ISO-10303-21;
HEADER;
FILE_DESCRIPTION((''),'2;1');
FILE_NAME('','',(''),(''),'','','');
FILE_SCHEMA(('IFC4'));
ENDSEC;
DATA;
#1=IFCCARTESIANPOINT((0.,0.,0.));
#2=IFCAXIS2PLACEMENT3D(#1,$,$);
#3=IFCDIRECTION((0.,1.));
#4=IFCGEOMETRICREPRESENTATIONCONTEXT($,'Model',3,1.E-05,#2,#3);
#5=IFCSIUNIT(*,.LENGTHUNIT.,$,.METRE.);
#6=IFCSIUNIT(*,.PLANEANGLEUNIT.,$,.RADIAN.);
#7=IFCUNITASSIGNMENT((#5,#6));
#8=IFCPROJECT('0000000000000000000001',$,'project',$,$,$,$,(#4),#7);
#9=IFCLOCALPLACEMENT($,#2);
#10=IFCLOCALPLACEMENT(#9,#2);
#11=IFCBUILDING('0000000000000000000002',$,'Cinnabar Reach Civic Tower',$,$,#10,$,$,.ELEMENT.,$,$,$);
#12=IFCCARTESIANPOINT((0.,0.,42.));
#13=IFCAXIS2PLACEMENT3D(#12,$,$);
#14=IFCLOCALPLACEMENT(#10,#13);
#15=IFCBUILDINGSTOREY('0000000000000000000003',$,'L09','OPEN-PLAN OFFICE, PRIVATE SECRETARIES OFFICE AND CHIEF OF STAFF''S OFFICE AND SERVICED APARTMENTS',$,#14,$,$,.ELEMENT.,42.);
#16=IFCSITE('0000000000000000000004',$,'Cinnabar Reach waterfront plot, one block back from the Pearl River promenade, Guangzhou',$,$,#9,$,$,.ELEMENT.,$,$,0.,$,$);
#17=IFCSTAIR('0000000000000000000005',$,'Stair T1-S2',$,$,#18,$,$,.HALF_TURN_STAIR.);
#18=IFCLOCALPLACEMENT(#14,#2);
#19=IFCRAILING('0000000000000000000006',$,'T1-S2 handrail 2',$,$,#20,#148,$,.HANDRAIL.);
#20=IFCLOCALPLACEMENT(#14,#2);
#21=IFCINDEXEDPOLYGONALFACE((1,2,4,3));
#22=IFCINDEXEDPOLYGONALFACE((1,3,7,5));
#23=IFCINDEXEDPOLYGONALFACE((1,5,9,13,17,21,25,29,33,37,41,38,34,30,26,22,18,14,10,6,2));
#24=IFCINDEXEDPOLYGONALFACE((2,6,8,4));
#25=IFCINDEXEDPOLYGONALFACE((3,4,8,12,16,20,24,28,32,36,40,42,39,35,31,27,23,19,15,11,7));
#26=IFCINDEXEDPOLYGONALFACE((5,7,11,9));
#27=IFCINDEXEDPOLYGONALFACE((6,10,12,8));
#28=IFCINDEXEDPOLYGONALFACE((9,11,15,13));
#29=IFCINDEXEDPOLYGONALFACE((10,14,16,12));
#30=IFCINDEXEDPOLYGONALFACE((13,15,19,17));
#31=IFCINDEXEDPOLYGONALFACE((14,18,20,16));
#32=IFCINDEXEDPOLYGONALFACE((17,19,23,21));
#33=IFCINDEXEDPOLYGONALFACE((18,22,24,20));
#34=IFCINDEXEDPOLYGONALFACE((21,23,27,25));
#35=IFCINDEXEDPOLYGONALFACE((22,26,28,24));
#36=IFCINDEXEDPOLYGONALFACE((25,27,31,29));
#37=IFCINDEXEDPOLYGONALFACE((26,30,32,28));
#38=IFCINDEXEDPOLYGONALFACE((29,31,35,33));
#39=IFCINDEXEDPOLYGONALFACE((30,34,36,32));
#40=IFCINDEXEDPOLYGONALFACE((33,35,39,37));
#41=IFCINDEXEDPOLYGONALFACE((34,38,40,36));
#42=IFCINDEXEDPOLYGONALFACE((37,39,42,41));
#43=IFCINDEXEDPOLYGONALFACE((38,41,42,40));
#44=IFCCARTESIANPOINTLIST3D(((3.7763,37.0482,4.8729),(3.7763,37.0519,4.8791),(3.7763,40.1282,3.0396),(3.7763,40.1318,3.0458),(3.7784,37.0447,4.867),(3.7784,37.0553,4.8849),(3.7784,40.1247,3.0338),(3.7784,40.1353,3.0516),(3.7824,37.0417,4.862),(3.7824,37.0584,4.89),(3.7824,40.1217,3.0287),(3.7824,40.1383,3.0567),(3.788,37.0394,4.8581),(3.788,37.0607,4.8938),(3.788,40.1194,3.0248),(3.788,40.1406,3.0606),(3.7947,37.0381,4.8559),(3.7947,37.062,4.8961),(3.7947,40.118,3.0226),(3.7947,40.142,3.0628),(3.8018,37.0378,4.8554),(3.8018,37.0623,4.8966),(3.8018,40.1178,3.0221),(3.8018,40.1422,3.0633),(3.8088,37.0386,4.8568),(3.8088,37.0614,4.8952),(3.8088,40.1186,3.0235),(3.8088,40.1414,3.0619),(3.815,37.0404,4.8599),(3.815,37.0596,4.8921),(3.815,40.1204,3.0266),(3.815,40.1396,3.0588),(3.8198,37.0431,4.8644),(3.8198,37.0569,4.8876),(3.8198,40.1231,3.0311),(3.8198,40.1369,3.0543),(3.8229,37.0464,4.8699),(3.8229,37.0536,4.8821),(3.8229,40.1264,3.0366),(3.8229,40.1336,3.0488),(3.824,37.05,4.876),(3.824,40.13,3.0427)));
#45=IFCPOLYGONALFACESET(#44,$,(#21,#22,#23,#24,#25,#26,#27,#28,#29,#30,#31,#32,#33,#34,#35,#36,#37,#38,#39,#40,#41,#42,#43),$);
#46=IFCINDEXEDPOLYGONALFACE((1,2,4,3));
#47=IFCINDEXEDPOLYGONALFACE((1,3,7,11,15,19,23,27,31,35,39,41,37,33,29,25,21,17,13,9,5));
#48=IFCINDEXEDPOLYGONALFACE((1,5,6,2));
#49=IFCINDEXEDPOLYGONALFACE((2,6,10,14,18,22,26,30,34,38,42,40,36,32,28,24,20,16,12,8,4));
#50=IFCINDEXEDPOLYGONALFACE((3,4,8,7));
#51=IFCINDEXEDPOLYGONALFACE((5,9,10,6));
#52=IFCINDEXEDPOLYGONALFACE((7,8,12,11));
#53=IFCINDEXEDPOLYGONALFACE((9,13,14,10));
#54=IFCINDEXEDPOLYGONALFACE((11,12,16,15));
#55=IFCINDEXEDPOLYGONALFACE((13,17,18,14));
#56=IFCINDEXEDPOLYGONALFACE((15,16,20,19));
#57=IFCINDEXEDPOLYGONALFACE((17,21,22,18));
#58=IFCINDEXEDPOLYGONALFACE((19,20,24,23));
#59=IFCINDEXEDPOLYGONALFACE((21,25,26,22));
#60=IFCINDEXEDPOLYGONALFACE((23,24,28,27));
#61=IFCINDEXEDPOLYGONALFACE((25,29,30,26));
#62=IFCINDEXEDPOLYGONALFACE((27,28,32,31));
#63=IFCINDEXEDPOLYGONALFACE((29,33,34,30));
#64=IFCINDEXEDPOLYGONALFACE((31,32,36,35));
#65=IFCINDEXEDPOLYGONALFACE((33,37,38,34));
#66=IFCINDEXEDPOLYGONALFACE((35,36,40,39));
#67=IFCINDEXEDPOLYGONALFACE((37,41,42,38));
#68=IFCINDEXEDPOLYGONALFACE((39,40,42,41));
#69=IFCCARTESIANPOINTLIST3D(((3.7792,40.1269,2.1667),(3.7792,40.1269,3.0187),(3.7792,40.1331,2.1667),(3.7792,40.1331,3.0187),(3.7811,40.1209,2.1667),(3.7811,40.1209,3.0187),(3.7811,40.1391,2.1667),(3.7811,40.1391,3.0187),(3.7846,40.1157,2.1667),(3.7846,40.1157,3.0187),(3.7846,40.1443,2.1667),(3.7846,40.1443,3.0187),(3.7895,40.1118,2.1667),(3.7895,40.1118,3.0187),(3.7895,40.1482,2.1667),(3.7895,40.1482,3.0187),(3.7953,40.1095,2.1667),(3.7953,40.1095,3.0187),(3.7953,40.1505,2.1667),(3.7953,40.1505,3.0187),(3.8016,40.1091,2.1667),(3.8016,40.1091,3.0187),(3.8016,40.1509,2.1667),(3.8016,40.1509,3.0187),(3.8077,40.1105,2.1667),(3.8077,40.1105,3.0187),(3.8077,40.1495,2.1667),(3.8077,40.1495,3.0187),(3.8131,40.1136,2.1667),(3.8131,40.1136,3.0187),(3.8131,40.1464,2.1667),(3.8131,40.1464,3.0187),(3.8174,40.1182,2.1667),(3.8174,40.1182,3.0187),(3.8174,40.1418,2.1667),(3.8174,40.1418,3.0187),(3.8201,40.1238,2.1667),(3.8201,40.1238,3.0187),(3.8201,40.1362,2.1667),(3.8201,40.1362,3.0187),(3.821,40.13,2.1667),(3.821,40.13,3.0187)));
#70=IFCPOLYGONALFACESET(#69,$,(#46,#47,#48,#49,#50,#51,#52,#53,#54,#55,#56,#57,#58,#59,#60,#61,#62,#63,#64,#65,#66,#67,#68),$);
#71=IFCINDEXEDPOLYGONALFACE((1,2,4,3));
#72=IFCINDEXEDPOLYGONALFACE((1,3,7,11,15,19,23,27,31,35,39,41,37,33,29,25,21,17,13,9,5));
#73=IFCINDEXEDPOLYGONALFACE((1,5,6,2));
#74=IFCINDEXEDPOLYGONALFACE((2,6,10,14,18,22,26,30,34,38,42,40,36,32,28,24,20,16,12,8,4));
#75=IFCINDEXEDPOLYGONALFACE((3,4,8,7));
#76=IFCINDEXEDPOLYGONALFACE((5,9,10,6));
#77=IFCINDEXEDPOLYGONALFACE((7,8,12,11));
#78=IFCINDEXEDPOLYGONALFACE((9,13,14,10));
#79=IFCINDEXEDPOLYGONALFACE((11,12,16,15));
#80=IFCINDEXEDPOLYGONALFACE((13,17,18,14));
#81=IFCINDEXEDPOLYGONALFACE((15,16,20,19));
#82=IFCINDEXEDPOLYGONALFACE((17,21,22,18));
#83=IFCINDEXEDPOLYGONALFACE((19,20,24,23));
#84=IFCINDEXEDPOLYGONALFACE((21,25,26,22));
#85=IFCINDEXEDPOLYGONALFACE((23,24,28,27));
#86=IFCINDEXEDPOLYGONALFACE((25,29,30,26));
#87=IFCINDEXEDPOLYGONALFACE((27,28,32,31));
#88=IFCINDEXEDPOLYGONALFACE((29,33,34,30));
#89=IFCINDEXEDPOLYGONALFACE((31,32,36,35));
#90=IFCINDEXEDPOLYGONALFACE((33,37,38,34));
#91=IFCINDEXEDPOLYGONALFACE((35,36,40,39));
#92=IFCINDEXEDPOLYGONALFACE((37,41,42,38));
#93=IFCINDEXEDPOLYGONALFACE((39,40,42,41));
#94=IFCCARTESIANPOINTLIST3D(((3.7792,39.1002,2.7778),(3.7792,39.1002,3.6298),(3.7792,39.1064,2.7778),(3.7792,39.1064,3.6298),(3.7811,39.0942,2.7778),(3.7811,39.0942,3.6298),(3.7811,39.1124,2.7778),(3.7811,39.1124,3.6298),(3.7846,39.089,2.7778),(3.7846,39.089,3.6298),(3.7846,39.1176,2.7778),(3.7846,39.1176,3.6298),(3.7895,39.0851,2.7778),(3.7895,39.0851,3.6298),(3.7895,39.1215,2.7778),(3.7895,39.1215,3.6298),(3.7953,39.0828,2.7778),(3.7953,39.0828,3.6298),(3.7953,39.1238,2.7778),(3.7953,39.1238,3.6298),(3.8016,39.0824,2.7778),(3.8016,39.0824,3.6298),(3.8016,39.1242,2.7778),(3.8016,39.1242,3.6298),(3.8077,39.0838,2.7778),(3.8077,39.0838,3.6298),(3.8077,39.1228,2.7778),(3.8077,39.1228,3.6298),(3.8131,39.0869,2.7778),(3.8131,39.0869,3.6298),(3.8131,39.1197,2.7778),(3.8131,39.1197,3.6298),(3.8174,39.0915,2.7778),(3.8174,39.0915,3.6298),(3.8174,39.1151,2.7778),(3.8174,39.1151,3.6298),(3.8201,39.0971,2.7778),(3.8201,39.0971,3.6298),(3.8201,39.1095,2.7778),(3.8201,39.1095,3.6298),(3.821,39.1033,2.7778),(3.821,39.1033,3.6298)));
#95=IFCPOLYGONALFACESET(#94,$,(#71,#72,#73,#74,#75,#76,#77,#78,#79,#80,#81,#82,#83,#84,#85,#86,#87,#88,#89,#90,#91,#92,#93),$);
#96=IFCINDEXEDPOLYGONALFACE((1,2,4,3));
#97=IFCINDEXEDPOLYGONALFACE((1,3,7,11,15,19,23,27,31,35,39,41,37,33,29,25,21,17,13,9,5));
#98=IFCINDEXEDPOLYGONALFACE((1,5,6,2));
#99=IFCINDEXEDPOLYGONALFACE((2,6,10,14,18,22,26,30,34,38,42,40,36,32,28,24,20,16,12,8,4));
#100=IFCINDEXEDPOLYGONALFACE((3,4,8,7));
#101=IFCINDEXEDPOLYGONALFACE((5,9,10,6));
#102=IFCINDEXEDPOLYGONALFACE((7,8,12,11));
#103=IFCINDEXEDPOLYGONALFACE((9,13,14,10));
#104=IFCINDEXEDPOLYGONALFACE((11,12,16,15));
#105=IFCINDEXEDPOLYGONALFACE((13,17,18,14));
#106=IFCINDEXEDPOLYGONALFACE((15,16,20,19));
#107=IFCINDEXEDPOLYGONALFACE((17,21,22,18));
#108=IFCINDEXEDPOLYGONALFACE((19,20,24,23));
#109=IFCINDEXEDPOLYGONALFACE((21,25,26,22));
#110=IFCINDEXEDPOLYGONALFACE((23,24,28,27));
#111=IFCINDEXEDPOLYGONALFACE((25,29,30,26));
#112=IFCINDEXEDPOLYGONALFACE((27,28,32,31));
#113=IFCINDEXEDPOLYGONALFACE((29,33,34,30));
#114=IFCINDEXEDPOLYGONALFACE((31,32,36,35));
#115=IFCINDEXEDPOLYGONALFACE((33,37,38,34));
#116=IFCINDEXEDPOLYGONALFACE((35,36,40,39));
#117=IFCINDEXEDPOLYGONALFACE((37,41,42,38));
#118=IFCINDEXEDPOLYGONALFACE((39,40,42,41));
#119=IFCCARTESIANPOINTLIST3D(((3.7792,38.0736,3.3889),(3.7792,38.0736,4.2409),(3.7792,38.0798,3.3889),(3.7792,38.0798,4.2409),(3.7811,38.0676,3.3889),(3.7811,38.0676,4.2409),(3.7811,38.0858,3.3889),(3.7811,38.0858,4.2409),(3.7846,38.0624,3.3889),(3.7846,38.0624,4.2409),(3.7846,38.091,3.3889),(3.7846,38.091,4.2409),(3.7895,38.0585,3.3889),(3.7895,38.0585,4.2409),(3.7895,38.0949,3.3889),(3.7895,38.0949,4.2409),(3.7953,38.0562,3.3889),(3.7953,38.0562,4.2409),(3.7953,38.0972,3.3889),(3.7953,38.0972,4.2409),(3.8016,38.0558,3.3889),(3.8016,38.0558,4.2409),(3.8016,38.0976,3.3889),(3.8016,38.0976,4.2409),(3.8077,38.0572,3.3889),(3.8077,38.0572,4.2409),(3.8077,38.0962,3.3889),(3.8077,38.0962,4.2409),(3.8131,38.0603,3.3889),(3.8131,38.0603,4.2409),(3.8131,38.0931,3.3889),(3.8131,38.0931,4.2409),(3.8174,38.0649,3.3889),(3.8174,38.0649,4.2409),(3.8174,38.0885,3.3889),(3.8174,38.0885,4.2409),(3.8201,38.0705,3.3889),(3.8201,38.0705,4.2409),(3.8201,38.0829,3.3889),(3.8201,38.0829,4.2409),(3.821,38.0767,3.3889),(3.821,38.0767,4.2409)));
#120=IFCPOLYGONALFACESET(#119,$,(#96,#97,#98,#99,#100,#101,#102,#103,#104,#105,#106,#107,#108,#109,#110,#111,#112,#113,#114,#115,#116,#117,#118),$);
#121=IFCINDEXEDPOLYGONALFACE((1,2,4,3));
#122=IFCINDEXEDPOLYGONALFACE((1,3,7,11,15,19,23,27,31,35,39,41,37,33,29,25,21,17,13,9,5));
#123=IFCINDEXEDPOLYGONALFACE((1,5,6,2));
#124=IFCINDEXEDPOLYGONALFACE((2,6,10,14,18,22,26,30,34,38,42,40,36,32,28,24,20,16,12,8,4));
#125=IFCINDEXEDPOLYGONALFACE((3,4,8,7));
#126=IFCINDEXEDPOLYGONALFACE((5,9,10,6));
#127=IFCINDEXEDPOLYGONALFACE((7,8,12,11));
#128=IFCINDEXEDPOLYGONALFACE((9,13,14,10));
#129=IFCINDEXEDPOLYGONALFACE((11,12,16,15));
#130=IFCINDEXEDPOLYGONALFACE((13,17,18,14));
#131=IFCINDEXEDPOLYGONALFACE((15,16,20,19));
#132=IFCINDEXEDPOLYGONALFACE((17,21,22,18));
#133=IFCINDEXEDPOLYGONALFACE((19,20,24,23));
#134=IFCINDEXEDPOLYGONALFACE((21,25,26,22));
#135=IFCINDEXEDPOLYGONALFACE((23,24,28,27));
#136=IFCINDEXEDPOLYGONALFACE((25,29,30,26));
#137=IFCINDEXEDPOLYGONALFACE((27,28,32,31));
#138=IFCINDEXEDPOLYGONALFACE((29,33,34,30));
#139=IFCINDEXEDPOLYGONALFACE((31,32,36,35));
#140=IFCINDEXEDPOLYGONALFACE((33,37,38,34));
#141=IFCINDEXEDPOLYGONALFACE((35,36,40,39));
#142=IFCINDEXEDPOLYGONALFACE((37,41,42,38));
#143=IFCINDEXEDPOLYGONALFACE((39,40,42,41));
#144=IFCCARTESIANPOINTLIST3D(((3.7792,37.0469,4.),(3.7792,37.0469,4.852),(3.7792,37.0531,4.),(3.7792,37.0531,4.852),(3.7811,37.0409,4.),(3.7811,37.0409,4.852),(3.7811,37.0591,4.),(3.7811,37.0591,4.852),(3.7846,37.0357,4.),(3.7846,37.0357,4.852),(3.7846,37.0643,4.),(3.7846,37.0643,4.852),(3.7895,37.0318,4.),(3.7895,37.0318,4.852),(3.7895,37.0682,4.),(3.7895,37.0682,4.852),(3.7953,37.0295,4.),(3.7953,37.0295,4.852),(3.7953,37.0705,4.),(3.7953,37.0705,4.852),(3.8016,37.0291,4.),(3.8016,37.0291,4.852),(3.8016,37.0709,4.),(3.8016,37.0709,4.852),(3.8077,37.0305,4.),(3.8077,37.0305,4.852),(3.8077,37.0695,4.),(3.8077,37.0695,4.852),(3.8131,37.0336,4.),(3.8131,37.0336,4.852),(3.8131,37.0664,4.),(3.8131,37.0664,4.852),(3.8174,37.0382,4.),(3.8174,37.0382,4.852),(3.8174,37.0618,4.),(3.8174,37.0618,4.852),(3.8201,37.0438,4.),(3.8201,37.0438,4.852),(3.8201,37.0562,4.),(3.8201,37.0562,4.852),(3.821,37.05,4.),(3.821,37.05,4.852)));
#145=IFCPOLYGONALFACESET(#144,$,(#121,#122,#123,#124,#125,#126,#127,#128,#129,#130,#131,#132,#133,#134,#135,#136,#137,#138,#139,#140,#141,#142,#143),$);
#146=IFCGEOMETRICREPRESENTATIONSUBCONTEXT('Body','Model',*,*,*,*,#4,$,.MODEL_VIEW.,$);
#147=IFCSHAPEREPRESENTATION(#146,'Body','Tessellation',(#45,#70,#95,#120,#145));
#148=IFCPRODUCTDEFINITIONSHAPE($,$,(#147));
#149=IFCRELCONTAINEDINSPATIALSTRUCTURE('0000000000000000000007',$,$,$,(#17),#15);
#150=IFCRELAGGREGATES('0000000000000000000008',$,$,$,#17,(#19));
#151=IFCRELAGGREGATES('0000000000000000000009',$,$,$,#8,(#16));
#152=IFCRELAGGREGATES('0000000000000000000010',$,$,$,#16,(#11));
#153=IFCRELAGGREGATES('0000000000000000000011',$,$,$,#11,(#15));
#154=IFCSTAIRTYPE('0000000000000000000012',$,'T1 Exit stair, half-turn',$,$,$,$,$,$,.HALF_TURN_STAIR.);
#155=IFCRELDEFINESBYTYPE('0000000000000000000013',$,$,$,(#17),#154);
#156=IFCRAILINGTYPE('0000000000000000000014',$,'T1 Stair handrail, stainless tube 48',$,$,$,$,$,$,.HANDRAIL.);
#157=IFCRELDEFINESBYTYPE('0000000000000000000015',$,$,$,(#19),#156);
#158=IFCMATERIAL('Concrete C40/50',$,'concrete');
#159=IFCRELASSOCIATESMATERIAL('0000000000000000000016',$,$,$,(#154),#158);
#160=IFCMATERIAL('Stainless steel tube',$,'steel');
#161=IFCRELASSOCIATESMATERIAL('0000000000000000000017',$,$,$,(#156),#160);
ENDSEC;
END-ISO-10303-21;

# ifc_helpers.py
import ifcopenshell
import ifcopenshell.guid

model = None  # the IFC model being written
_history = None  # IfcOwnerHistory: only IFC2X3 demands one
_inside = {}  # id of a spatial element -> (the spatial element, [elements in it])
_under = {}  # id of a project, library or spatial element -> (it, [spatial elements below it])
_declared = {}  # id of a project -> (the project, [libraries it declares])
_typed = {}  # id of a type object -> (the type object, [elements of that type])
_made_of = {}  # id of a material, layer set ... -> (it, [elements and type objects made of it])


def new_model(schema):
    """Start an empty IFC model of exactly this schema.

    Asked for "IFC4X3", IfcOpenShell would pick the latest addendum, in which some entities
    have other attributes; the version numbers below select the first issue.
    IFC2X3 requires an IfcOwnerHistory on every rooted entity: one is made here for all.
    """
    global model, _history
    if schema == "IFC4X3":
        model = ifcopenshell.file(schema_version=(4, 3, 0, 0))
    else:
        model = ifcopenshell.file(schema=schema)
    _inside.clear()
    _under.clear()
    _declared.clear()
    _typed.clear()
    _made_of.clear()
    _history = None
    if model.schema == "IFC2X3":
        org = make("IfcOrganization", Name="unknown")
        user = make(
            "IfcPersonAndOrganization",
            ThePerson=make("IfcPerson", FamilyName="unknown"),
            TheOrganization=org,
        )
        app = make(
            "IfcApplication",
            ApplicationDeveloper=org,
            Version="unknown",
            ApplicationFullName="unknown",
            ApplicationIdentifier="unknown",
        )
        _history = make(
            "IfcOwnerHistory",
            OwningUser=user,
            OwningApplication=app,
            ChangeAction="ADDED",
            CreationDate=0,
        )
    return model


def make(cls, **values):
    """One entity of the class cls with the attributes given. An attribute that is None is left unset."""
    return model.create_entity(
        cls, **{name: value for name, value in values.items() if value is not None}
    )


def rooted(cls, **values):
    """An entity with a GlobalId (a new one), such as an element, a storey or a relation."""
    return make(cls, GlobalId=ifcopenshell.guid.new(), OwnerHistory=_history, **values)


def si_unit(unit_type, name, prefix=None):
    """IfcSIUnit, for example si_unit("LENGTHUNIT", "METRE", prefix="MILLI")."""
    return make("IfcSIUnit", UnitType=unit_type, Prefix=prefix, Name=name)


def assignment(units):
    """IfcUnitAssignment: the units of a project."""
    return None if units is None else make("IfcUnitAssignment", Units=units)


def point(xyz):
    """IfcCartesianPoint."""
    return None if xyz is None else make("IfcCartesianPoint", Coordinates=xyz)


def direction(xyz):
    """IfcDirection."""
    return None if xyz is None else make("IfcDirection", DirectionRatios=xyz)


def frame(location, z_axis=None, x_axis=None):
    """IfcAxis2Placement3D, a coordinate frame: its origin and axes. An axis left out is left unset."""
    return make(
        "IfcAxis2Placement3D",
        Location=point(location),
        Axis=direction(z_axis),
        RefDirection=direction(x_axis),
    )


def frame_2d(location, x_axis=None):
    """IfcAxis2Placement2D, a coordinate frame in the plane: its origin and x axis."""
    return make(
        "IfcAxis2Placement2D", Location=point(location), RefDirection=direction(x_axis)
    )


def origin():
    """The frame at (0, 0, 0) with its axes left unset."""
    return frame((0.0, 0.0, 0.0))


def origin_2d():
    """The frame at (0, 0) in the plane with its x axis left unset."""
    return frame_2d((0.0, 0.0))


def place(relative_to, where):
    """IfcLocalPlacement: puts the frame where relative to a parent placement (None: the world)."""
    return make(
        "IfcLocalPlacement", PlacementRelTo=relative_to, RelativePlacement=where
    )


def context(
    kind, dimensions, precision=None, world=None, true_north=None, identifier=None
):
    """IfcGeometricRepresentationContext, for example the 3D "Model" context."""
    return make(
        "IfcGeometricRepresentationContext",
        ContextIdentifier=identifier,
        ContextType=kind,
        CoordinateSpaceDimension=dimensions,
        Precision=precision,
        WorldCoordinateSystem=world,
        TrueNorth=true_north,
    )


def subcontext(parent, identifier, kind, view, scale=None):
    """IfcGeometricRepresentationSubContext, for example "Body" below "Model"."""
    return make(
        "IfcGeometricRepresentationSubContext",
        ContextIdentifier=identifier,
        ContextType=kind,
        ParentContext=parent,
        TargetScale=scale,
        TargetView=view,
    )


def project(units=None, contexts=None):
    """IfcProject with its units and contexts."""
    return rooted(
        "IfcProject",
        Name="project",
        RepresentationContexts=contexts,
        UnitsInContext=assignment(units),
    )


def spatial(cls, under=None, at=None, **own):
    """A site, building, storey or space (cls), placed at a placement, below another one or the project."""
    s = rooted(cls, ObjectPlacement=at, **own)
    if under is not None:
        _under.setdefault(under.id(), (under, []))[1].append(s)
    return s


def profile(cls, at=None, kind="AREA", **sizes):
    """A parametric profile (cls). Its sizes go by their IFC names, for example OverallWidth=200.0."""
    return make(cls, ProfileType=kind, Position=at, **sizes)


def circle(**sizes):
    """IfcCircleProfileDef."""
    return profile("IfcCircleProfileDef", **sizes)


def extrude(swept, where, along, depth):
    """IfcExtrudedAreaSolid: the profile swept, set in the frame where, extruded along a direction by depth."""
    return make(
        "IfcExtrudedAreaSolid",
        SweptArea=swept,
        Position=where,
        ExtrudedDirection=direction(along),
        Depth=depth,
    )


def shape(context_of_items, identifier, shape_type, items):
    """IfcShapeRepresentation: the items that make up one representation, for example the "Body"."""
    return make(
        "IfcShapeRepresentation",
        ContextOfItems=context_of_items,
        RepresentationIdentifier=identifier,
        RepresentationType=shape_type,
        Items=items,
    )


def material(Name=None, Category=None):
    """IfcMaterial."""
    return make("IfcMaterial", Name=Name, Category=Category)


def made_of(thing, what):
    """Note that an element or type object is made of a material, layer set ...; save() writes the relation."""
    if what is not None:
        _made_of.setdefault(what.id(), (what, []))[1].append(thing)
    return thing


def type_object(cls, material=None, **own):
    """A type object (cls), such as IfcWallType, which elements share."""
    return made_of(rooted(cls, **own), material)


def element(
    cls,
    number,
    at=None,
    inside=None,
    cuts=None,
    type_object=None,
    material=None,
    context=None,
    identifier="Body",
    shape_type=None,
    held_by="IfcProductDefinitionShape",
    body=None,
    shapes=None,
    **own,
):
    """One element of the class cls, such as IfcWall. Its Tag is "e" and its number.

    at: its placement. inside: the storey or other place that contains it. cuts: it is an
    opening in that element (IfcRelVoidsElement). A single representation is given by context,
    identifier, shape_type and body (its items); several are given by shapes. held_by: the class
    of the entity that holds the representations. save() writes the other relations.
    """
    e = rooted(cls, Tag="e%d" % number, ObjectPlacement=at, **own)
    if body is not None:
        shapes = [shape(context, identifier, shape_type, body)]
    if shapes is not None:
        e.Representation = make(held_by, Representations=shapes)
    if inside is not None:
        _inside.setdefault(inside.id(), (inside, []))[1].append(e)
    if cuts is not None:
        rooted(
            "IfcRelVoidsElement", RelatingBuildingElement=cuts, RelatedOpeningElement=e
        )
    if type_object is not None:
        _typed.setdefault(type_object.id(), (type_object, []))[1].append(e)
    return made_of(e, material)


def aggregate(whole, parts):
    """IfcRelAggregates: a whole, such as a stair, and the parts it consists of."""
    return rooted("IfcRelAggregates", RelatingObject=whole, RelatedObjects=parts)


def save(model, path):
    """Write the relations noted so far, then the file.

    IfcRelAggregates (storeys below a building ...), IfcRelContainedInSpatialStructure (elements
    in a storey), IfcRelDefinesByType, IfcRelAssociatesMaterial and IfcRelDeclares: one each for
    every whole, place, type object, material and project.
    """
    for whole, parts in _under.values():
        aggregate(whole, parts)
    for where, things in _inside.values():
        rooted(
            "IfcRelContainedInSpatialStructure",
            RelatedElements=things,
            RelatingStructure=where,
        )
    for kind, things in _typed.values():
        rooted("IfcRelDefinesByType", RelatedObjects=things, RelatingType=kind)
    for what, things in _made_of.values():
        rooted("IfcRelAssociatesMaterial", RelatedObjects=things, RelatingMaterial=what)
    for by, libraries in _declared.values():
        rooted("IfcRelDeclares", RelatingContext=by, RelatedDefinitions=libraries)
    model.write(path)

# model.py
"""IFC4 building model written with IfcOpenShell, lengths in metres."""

from ifc_helpers import new_model, si_unit, direction, frame, origin, origin_2d, place, context, subcontext, project, spatial, circle, extrude, material, type_object, element, aggregate, save


model = new_model("IFC4")

# Units and contexts
model_context = context("Model", 3, precision=1e-05, world=origin(), true_north=direction((0.0, 1.0)))
body_context = subcontext(model_context, "Body", "Model", "MODEL_VIEW")
ifc_project = project(units=[si_unit("LENGTHUNIT", "METRE"), si_unit("PLANEANGLEUNIT", "RADIAN")], contexts=[model_context])

# Site, building, storey
site_placement = place(None, origin())
site = spatial("IfcSite", under=ifc_project, at=site_placement, Name="Cinnabar Reach waterfront plot, one block back from the Pearl River promenade, Guangzhou", CompositionType="ELEMENT", RefElevation=0.0)
building_placement = place(site_placement, origin())
building = spatial("IfcBuilding", under=site, at=building_placement, Name="Cinnabar Reach Civic Tower", CompositionType="ELEMENT")
storey_placement = place(building_placement, frame((0.0, 0.0, 42.0)))
storey = spatial("IfcBuildingStorey", under=building, at=storey_placement, Name="L09", Description="OPEN-PLAN OFFICE, PRIVATE SECRETARIES OFFICE AND CHIEF OF STAFF'S OFFICE AND SERVICED APARTMENTS", CompositionType="ELEMENT", Elevation=42.0)

# Shared definitions
ifc_material_1 = material(Name="Concrete C40/50", Category="concrete")

# Stair, railing
stair_type = type_object("IfcStairType", Name="T1 Exit stair, half-turn", PredefinedType="HALF_TURN_STAIR", material=ifc_material_1)
stair_placement = place(storey_placement, origin())
stair = element("IfcStair", 1, at=stair_placement, inside=storey, type_object=stair_type, Name="Stair T1-S2", PredefinedType="HALF_TURN_STAIR")
ifc_material_2 = material(Name="Stainless steel tube", Category="steel")
railing_type = type_object("IfcRailingType", Name="T1 Stair handrail, stainless tube 48", PredefinedType="HANDRAIL", material=ifc_material_2)
railing_1_placement = place(storey_placement, frame((3.8, 40.13, 2.1667)))
railing_1 = element("IfcRailing", 2, at=railing_1_placement, type_object=railing_type, Name="T1-S2 handrail 2", PredefinedType="HANDRAIL", context=body_context, shape_type="SweptSolid", body=[
    extrude(circle(Radius=0.024, at=origin_2d()), frame((0.0, 0.0, 0.876), z_axis=(0.0, -0.859297, 0.511477), x_axis=(1.0, 0.0, 0.0)), (0.0, 0.0, 1.0), 3.5843),
    extrude(circle(Radius=0.021, at=origin_2d()), origin(), (0.0, 0.0, 1.0), 0.852),
    extrude(circle(Radius=0.021, at=origin_2d()), frame((0.0, -1.0267, 0.6111)), (0.0, 0.0, 1.0), 0.852),
    extrude(circle(Radius=0.021, at=origin_2d()), frame((0.0, -2.0533, 1.2222)), (0.0, 0.0, 1.0), 0.852),
    extrude(circle(Radius=0.021, at=origin_2d()), frame((0.0, -3.08, 1.8333)), (0.0, 0.0, 1.0), 0.852),
])
aggregate(stair, [railing_1])

save(model, "model.ifc")
